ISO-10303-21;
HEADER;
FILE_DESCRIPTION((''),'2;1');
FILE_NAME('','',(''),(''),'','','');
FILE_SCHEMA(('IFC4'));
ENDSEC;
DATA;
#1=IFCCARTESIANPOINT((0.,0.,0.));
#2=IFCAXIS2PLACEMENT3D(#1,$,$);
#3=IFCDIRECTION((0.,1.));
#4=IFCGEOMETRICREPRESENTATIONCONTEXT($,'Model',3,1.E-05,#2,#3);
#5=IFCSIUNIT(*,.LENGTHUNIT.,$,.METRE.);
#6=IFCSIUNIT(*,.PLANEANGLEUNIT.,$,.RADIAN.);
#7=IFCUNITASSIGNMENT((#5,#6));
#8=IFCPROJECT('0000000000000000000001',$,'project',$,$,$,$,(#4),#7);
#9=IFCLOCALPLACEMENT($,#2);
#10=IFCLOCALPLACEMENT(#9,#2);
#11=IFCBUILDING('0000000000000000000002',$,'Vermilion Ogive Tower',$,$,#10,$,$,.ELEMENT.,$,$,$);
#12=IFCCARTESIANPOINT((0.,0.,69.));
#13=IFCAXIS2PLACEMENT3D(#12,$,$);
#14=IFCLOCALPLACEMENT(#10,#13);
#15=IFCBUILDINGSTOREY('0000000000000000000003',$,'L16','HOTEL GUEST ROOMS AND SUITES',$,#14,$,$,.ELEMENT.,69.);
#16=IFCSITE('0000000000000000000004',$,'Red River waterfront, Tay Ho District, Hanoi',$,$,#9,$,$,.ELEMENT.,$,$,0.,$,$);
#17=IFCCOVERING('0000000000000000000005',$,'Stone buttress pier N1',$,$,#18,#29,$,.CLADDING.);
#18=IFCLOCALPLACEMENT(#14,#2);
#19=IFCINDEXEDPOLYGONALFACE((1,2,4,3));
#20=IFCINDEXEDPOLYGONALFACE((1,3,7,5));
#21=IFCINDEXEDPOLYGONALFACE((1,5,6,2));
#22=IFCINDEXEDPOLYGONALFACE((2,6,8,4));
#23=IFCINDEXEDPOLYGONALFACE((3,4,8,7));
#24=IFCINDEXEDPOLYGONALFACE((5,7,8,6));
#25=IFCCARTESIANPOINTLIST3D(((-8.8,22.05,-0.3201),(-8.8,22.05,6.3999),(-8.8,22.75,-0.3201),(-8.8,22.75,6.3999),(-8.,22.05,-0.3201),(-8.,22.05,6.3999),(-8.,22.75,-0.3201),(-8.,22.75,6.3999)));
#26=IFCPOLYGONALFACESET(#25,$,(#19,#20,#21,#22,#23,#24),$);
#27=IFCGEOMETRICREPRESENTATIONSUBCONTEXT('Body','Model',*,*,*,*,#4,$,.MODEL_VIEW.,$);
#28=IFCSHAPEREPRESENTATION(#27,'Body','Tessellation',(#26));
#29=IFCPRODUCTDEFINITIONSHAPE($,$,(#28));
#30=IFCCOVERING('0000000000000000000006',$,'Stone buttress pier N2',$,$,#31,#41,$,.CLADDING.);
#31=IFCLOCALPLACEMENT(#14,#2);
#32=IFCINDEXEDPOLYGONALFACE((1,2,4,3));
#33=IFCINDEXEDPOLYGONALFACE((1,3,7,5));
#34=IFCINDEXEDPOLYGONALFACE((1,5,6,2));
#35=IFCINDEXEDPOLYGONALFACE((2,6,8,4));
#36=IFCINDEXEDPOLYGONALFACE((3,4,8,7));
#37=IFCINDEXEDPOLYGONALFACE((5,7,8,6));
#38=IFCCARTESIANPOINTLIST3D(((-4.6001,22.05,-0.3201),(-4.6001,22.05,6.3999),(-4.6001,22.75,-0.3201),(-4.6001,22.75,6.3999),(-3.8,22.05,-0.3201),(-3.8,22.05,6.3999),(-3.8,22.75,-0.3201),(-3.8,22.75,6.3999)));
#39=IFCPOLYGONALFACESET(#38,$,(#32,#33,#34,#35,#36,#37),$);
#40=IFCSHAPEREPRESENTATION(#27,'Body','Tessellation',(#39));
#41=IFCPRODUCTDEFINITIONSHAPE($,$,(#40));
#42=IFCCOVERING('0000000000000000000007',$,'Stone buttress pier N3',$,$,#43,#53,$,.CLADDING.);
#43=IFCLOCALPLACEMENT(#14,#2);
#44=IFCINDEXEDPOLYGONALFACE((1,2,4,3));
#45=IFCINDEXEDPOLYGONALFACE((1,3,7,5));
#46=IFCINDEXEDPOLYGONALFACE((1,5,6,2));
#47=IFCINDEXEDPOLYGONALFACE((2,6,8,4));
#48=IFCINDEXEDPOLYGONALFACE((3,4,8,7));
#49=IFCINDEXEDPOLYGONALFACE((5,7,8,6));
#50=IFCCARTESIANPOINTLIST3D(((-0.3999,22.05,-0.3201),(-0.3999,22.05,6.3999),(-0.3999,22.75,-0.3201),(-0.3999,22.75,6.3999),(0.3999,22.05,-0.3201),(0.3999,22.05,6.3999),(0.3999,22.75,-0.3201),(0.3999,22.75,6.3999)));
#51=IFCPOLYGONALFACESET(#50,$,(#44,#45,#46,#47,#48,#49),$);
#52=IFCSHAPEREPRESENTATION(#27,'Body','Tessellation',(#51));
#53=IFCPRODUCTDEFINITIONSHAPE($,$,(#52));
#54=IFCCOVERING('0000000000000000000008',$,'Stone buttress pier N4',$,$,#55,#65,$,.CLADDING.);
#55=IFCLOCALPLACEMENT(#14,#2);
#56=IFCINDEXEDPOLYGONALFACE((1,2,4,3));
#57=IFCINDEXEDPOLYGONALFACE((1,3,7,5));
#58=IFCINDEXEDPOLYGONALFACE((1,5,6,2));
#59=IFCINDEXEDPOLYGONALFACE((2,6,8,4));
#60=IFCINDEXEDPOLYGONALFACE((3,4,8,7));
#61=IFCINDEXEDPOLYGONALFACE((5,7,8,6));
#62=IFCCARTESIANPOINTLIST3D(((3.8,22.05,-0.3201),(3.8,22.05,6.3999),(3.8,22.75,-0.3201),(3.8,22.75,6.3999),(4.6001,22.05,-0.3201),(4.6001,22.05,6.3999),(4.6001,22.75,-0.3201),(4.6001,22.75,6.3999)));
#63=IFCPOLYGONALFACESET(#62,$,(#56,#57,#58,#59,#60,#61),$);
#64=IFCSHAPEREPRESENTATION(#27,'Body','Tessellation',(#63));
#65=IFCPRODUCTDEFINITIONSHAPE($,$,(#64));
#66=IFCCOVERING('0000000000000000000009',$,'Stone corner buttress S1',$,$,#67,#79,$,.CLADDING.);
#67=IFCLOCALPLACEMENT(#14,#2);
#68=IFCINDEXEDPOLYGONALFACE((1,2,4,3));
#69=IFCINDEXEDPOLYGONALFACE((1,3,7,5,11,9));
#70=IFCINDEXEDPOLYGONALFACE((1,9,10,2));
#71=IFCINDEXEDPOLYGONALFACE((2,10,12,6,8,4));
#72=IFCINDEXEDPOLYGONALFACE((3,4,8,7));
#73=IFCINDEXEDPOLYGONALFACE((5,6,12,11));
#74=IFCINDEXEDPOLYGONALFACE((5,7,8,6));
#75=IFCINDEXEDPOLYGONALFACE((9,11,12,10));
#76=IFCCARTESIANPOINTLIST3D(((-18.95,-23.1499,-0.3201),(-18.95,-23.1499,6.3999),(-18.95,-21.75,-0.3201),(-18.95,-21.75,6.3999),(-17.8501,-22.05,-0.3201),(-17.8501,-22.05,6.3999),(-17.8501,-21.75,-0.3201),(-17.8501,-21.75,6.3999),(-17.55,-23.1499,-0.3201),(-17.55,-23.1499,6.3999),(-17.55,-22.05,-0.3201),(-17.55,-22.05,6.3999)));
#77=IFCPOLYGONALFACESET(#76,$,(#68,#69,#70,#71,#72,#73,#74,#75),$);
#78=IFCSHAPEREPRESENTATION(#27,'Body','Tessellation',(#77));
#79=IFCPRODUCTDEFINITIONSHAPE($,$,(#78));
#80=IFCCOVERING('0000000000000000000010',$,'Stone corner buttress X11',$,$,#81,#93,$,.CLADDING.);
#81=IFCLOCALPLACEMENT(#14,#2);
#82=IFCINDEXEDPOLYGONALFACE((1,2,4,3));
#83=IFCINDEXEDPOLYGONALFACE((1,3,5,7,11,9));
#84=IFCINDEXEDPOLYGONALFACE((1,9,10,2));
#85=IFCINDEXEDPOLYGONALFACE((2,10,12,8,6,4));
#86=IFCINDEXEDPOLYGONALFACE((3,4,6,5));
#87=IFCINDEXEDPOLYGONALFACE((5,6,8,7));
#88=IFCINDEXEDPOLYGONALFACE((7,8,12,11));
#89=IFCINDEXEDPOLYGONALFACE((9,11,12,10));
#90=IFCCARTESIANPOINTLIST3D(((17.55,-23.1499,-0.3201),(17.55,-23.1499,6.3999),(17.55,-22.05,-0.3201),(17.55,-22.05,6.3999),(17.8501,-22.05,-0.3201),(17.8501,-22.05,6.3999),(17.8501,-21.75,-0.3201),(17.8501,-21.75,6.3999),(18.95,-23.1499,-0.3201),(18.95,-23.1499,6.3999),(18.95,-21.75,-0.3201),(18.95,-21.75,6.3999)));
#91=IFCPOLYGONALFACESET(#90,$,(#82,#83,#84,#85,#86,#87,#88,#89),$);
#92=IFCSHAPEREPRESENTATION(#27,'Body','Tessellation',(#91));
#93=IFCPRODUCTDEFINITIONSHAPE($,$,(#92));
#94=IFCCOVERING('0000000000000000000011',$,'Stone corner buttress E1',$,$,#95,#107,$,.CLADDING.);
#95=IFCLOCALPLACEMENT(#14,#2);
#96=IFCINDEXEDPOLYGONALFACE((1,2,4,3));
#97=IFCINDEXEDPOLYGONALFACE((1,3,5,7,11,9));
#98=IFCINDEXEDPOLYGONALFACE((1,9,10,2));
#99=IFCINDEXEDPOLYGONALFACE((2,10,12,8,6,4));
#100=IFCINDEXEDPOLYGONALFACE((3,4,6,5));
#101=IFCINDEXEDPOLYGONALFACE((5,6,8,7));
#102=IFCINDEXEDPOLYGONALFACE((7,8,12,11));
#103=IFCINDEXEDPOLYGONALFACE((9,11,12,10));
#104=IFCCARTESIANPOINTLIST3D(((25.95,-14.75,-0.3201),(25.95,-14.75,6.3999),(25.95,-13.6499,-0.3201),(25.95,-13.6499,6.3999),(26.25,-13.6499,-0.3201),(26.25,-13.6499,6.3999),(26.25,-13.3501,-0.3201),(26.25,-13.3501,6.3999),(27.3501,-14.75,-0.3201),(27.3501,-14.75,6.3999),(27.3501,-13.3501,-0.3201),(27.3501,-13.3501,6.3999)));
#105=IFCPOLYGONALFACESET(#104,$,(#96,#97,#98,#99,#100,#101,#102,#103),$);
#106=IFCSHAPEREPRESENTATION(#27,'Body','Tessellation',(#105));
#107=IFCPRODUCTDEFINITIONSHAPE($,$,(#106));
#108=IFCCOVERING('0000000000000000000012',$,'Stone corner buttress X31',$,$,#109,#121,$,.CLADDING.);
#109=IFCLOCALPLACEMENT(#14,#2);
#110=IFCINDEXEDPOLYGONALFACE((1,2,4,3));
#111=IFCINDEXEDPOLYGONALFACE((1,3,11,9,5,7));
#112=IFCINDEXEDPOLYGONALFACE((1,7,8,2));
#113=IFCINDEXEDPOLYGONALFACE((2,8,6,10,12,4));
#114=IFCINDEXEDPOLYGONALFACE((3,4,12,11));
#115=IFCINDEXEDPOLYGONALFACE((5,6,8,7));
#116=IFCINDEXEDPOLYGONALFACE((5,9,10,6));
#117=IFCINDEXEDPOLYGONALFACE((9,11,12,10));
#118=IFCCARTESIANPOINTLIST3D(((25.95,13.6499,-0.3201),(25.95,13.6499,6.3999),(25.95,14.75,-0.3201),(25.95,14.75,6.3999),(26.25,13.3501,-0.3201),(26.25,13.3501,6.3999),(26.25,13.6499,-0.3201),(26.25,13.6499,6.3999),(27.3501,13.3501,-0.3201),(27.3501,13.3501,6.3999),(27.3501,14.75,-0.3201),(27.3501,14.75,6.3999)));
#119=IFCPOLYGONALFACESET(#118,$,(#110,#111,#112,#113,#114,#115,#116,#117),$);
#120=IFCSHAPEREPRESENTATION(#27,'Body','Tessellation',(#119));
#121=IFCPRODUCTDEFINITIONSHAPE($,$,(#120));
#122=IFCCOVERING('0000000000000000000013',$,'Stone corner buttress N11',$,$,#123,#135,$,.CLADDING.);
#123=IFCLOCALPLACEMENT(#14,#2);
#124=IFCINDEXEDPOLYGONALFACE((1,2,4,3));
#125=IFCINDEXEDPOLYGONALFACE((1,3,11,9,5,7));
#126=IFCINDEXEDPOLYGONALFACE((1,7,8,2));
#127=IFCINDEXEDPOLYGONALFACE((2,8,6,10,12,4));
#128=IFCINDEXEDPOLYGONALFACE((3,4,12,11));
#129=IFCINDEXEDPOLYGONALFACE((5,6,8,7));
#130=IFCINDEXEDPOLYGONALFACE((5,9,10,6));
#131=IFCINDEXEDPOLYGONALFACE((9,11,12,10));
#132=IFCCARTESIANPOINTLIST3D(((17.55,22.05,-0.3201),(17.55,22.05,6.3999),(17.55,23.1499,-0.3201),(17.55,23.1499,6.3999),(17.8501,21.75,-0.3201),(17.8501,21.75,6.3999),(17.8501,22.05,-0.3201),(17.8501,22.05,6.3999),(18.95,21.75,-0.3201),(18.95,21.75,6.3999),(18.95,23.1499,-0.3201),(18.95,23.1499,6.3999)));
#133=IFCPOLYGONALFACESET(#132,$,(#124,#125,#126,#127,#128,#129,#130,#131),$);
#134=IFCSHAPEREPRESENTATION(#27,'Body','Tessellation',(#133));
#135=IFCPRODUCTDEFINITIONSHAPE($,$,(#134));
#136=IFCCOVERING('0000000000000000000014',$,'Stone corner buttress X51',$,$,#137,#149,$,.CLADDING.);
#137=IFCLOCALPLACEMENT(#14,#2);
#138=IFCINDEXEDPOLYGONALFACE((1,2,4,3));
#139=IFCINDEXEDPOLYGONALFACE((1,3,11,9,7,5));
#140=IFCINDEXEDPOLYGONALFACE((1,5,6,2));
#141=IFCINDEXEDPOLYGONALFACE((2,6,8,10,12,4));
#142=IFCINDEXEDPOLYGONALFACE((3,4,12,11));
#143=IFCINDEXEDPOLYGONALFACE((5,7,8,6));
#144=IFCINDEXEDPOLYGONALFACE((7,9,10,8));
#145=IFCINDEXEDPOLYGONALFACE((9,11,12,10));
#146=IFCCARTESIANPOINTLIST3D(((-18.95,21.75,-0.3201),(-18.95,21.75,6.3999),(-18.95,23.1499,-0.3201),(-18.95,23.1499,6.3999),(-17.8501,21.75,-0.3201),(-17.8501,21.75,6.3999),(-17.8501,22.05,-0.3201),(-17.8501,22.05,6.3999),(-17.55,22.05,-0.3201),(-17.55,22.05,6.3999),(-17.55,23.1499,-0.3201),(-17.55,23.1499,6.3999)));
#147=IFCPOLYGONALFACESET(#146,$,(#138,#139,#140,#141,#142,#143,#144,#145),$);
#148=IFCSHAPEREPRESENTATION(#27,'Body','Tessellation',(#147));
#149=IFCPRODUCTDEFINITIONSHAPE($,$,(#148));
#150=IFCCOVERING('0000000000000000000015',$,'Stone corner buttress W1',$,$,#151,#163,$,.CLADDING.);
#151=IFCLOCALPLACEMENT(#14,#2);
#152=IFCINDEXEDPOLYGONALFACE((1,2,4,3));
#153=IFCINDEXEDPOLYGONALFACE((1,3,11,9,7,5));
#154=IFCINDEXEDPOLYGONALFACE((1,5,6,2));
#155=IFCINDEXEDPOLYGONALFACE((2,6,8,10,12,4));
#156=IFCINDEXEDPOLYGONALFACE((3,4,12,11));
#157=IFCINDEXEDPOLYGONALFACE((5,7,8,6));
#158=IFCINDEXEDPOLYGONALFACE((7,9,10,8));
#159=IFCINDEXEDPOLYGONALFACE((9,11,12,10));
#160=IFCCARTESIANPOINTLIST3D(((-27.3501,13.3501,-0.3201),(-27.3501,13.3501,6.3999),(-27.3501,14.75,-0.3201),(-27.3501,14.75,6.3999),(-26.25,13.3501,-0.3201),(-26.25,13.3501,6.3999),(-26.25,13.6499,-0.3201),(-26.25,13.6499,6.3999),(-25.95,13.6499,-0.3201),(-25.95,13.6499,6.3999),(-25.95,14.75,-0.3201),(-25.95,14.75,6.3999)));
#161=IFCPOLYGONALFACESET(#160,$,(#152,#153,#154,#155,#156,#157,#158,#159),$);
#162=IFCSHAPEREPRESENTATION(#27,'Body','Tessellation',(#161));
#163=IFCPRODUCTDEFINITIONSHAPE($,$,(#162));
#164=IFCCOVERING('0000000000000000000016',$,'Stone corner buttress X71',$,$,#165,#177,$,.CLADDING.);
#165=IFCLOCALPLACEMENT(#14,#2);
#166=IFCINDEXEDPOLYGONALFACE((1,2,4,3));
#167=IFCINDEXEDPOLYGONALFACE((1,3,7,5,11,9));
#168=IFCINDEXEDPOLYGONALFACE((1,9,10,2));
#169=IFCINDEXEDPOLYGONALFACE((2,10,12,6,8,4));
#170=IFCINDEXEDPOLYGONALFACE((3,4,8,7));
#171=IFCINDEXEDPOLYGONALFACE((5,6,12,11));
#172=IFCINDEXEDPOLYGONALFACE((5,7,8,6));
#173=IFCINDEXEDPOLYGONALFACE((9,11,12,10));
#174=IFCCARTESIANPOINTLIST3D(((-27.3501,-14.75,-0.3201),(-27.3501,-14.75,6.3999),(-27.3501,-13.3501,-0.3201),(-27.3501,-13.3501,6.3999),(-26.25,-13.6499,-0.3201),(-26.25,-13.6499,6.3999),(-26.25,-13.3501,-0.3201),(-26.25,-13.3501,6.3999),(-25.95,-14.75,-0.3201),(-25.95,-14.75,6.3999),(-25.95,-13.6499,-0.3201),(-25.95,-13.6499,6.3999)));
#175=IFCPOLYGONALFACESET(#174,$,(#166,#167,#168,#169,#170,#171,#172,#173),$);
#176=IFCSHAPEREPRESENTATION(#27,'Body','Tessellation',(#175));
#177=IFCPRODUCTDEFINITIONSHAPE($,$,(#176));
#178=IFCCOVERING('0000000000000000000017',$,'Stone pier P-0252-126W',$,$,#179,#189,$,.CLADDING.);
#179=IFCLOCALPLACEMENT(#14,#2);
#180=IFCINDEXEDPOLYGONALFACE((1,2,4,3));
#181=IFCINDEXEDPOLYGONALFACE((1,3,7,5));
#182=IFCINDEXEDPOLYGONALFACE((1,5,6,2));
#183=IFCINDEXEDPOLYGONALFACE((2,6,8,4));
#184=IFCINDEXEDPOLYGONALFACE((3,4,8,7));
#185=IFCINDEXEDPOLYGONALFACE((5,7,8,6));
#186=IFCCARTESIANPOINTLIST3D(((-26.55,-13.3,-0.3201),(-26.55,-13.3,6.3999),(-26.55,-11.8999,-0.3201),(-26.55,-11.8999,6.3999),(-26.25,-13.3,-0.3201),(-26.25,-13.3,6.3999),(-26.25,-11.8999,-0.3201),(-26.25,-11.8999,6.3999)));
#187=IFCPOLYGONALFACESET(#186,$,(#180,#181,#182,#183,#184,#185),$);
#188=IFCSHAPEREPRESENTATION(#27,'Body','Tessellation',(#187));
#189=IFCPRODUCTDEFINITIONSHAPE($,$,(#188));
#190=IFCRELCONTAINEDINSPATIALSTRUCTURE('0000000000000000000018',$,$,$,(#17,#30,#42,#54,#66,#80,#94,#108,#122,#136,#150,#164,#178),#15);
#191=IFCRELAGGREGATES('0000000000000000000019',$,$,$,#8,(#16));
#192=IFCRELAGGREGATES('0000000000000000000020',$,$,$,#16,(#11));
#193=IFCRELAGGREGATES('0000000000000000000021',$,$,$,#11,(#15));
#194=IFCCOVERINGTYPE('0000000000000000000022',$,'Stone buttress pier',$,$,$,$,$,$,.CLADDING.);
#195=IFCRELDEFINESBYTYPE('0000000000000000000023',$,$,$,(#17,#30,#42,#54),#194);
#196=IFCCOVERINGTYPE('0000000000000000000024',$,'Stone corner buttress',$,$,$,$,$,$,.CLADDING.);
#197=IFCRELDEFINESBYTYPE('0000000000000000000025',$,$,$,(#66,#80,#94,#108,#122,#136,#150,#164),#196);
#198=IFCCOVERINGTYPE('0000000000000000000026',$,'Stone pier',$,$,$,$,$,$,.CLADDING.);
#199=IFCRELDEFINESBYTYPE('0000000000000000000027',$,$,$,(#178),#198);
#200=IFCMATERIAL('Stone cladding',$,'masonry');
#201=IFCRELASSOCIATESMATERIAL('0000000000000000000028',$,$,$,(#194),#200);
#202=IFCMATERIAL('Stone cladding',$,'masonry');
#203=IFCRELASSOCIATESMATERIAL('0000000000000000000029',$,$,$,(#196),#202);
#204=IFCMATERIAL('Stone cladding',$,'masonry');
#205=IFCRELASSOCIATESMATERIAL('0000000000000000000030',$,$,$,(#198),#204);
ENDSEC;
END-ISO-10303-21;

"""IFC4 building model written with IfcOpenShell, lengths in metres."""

from ifc_helpers import new_model, si_unit, direction, frame, origin, place, context, subcontext, project, spatial, polyline, outline, extrude, material, type_object, element, save


model = new_model("IFC4")

# Units and contexts
model_context = context("Model", 3, precision=1e-05, world=origin(), true_north=direction((0.0, 1.0)))
body_context = subcontext(model_context, "Body", "Model", "MODEL_VIEW")
ifc_project = project(units=[si_unit("LENGTHUNIT", "METRE"), si_unit("PLANEANGLEUNIT", "RADIAN")], contexts=[model_context])

# Site, building, storey
site_placement = place(None, origin())
site = spatial("IfcSite", under=ifc_project, at=site_placement, Name="Red River waterfront, Tay Ho District, Hanoi", CompositionType="ELEMENT", RefElevation=0.0)
building_placement = place(site_placement, origin())
building = spatial("IfcBuilding", under=site, at=building_placement, Name="Vermilion Ogive Tower", CompositionType="ELEMENT")
storey_placement = place(building_placement, frame((0.0, 0.0, 69.0)))
storey = spatial("IfcBuildingStorey", under=building, at=storey_placement, Name="L16", Description="HOTEL GUEST ROOMS AND SUITES", CompositionType="ELEMENT", Elevation=69.0)

# Coverings
ifc_material_1 = material(Name="Stone cladding", Category="masonry")
covering_type_1 = type_object("IfcCoveringType", Name="Stone buttress pier", PredefinedType="CLADDING", material=ifc_material_1)
covering_1_placement = place(storey_placement, frame((0.0, 0.0, -0.3201)))
element("IfcCovering", 1, at=covering_1_placement, inside=storey, type_object=covering_type_1, Name="Stone buttress pier N1", PredefinedType="CLADDING", context=body_context, shape_type="SweptSolid", body=[
    extrude(outline(polyline([(-8.0, 22.75), (-8.0, 22.05), (-8.8, 22.05), (-8.8, 22.75), (-8.0, 22.75)])), origin(), (0.0, 0.0, 1.0), 6.72),
])
covering_2_placement = place(storey_placement, frame((0.0, 0.0, -0.3201)))
element("IfcCovering", 2, at=covering_2_placement, inside=storey, type_object=covering_type_1, Name="Stone buttress pier N2", PredefinedType="CLADDING", context=body_context, shape_type="SweptSolid", body=[
    extrude(outline(polyline([(-3.8, 22.75), (-3.8, 22.05), (-4.6001, 22.05), (-4.6001, 22.75), (-3.8, 22.75)])), origin(), (0.0, 0.0, 1.0), 6.72),
])
covering_3_placement = place(storey_placement, frame((0.0, 0.0, -0.3201)))
element("IfcCovering", 3, at=covering_3_placement, inside=storey, type_object=covering_type_1, Name="Stone buttress pier N3", PredefinedType="CLADDING", context=body_context, shape_type="SweptSolid", body=[
    extrude(outline(polyline([(0.3999, 22.75), (0.3999, 22.05), (-0.3999, 22.05), (-0.3999, 22.75), (0.3999, 22.75)])), origin(), (0.0, 0.0, 1.0), 6.72),
])
covering_4_placement = place(storey_placement, frame((0.0, 0.0, -0.3201)))
element("IfcCovering", 4, at=covering_4_placement, inside=storey, type_object=covering_type_1, Name="Stone buttress pier N4", PredefinedType="CLADDING", context=body_context, shape_type="SweptSolid", body=[
    extrude(outline(polyline([(4.6001, 22.75), (4.6001, 22.05), (3.8, 22.05), (3.8, 22.75), (4.6001, 22.75)])), origin(), (0.0, 0.0, 1.0), 6.72),
])
ifc_material_2 = material(Name="Stone cladding", Category="masonry")
covering_type_2 = type_object("IfcCoveringType", Name="Stone corner buttress", PredefinedType="CLADDING", material=ifc_material_2)
covering_5_placement = place(storey_placement, frame((0.0, 0.0, -0.3201)))
element("IfcCovering", 5, at=covering_5_placement, inside=storey, type_object=covering_type_2, Name="Stone corner buttress S1", PredefinedType="CLADDING", context=body_context, shape_type="SweptSolid", body=[
    extrude(outline(polyline([(-17.8501, -22.05), (-17.55, -22.05), (-17.55, -23.1499), (-18.95, -23.1499), (-18.95, -21.75), (-17.8501, -21.75), (-17.8501, -22.05)])), origin(), (0.0, 0.0, 1.0), 6.72),
])
covering_6_placement = place(storey_placement, frame((0.0, 0.0, -0.3201)))
element("IfcCovering", 6, at=covering_6_placement, inside=storey, type_object=covering_type_2, Name="Stone corner buttress X11", PredefinedType="CLADDING", context=body_context, shape_type="SweptSolid", body=[
    extrude(outline(polyline([(17.55, -22.05), (17.8501, -22.05), (17.8501, -21.75), (18.95, -21.75), (18.95, -23.1499), (17.55, -23.1499), (17.55, -22.05)])), origin(), (0.0, 0.0, 1.0), 6.72),
])
covering_7_placement = place(storey_placement, frame((0.0, 0.0, -0.3201)))
element("IfcCovering", 7, at=covering_7_placement, inside=storey, type_object=covering_type_2, Name="Stone corner buttress E1", PredefinedType="CLADDING", context=body_context, shape_type="SweptSolid", body=[
    extrude(outline(polyline([(25.95, -13.6499), (26.25, -13.6499), (26.25, -13.3501), (27.3501, -13.3501), (27.3501, -14.75), (25.95, -14.75), (25.95, -13.6499)])), origin(), (0.0, 0.0, 1.0), 6.72),
])
covering_8_placement = place(storey_placement, frame((0.0, 0.0, -0.3201)))
element("IfcCovering", 8, at=covering_8_placement, inside=storey, type_object=covering_type_2, Name="Stone corner buttress X31", PredefinedType="CLADDING", context=body_context, shape_type="SweptSolid", body=[
    extrude(outline(polyline([(27.3501, 13.3501), (26.25, 13.3501), (26.25, 13.6499), (25.95, 13.6499), (25.95, 14.75), (27.3501, 14.75), (27.3501, 13.3501)])), origin(), (0.0, 0.0, 1.0), 6.72),
])
covering_9_placement = place(storey_placement, frame((0.0, 0.0, -0.3201)))
element("IfcCovering", 9, at=covering_9_placement, inside=storey, type_object=covering_type_2, Name="Stone corner buttress N11", PredefinedType="CLADDING", context=body_context, shape_type="SweptSolid", body=[
    extrude(outline(polyline([(17.8501, 22.05), (17.55, 22.05), (17.55, 23.1499), (18.95, 23.1499), (18.95, 21.75), (17.8501, 21.75), (17.8501, 22.05)])), origin(), (0.0, 0.0, 1.0), 6.72),
])
covering_10_placement = place(storey_placement, frame((0.0, 0.0, -0.3201)))
element("IfcCovering", 10, at=covering_10_placement, inside=storey, type_object=covering_type_2, Name="Stone corner buttress X51", PredefinedType="CLADDING", context=body_context, shape_type="SweptSolid", body=[
    extrude(outline(polyline([(-17.55, 23.1499), (-17.55, 22.05), (-17.8501, 22.05), (-17.8501, 21.75), (-18.95, 21.75), (-18.95, 23.1499), (-17.55, 23.1499)])), origin(), (0.0, 0.0, 1.0), 6.72),
])
covering_11_placement = place(storey_placement, frame((0.0, 0.0, -0.3201)))
element("IfcCovering", 11, at=covering_11_placement, inside=storey, type_object=covering_type_2, Name="Stone corner buttress W1", PredefinedType="CLADDING", context=body_context, shape_type="SweptSolid", body=[
    extrude(outline(polyline([(-26.25, 13.6499), (-26.25, 13.3501), (-27.3501, 13.3501), (-27.3501, 14.75), (-25.95, 14.75), (-25.95, 13.6499), (-26.25, 13.6499)])), origin(), (0.0, 0.0, 1.0), 6.72),
])
covering_12_placement = place(storey_placement, frame((0.0, 0.0, -0.3201)))
element("IfcCovering", 12, at=covering_12_placement, inside=storey, type_object=covering_type_2, Name="Stone corner buttress X71", PredefinedType="CLADDING", context=body_context, shape_type="SweptSolid", body=[
    extrude(outline(polyline([(-26.25, -13.3501), (-26.25, -13.6499), (-25.95, -13.6499), (-25.95, -14.75), (-27.3501, -14.75), (-27.3501, -13.3501), (-26.25, -13.3501)])), origin(), (0.0, 0.0, 1.0), 6.72),
])
ifc_material_3 = material(Name="Stone cladding", Category="masonry")
covering_type_3 = type_object("IfcCoveringType", Name="Stone pier", PredefinedType="CLADDING", material=ifc_material_3)
covering_13_placement = place(storey_placement, frame((0.0, 0.0, -0.3201)))
element("IfcCovering", 13, at=covering_13_placement, inside=storey, type_object=covering_type_3, Name="Stone pier P-0252-126W", PredefinedType="CLADDING", context=body_context, shape_type="SweptSolid", body=[
    extrude(outline(polyline([(-26.55, -13.3), (-26.55, -11.8999), (-26.25, -11.8999), (-26.25, -13.3), (-26.55, -13.3)])), origin(), (0.0, 0.0, 1.0), 6.72),
])

save(model, "model.ifc")
